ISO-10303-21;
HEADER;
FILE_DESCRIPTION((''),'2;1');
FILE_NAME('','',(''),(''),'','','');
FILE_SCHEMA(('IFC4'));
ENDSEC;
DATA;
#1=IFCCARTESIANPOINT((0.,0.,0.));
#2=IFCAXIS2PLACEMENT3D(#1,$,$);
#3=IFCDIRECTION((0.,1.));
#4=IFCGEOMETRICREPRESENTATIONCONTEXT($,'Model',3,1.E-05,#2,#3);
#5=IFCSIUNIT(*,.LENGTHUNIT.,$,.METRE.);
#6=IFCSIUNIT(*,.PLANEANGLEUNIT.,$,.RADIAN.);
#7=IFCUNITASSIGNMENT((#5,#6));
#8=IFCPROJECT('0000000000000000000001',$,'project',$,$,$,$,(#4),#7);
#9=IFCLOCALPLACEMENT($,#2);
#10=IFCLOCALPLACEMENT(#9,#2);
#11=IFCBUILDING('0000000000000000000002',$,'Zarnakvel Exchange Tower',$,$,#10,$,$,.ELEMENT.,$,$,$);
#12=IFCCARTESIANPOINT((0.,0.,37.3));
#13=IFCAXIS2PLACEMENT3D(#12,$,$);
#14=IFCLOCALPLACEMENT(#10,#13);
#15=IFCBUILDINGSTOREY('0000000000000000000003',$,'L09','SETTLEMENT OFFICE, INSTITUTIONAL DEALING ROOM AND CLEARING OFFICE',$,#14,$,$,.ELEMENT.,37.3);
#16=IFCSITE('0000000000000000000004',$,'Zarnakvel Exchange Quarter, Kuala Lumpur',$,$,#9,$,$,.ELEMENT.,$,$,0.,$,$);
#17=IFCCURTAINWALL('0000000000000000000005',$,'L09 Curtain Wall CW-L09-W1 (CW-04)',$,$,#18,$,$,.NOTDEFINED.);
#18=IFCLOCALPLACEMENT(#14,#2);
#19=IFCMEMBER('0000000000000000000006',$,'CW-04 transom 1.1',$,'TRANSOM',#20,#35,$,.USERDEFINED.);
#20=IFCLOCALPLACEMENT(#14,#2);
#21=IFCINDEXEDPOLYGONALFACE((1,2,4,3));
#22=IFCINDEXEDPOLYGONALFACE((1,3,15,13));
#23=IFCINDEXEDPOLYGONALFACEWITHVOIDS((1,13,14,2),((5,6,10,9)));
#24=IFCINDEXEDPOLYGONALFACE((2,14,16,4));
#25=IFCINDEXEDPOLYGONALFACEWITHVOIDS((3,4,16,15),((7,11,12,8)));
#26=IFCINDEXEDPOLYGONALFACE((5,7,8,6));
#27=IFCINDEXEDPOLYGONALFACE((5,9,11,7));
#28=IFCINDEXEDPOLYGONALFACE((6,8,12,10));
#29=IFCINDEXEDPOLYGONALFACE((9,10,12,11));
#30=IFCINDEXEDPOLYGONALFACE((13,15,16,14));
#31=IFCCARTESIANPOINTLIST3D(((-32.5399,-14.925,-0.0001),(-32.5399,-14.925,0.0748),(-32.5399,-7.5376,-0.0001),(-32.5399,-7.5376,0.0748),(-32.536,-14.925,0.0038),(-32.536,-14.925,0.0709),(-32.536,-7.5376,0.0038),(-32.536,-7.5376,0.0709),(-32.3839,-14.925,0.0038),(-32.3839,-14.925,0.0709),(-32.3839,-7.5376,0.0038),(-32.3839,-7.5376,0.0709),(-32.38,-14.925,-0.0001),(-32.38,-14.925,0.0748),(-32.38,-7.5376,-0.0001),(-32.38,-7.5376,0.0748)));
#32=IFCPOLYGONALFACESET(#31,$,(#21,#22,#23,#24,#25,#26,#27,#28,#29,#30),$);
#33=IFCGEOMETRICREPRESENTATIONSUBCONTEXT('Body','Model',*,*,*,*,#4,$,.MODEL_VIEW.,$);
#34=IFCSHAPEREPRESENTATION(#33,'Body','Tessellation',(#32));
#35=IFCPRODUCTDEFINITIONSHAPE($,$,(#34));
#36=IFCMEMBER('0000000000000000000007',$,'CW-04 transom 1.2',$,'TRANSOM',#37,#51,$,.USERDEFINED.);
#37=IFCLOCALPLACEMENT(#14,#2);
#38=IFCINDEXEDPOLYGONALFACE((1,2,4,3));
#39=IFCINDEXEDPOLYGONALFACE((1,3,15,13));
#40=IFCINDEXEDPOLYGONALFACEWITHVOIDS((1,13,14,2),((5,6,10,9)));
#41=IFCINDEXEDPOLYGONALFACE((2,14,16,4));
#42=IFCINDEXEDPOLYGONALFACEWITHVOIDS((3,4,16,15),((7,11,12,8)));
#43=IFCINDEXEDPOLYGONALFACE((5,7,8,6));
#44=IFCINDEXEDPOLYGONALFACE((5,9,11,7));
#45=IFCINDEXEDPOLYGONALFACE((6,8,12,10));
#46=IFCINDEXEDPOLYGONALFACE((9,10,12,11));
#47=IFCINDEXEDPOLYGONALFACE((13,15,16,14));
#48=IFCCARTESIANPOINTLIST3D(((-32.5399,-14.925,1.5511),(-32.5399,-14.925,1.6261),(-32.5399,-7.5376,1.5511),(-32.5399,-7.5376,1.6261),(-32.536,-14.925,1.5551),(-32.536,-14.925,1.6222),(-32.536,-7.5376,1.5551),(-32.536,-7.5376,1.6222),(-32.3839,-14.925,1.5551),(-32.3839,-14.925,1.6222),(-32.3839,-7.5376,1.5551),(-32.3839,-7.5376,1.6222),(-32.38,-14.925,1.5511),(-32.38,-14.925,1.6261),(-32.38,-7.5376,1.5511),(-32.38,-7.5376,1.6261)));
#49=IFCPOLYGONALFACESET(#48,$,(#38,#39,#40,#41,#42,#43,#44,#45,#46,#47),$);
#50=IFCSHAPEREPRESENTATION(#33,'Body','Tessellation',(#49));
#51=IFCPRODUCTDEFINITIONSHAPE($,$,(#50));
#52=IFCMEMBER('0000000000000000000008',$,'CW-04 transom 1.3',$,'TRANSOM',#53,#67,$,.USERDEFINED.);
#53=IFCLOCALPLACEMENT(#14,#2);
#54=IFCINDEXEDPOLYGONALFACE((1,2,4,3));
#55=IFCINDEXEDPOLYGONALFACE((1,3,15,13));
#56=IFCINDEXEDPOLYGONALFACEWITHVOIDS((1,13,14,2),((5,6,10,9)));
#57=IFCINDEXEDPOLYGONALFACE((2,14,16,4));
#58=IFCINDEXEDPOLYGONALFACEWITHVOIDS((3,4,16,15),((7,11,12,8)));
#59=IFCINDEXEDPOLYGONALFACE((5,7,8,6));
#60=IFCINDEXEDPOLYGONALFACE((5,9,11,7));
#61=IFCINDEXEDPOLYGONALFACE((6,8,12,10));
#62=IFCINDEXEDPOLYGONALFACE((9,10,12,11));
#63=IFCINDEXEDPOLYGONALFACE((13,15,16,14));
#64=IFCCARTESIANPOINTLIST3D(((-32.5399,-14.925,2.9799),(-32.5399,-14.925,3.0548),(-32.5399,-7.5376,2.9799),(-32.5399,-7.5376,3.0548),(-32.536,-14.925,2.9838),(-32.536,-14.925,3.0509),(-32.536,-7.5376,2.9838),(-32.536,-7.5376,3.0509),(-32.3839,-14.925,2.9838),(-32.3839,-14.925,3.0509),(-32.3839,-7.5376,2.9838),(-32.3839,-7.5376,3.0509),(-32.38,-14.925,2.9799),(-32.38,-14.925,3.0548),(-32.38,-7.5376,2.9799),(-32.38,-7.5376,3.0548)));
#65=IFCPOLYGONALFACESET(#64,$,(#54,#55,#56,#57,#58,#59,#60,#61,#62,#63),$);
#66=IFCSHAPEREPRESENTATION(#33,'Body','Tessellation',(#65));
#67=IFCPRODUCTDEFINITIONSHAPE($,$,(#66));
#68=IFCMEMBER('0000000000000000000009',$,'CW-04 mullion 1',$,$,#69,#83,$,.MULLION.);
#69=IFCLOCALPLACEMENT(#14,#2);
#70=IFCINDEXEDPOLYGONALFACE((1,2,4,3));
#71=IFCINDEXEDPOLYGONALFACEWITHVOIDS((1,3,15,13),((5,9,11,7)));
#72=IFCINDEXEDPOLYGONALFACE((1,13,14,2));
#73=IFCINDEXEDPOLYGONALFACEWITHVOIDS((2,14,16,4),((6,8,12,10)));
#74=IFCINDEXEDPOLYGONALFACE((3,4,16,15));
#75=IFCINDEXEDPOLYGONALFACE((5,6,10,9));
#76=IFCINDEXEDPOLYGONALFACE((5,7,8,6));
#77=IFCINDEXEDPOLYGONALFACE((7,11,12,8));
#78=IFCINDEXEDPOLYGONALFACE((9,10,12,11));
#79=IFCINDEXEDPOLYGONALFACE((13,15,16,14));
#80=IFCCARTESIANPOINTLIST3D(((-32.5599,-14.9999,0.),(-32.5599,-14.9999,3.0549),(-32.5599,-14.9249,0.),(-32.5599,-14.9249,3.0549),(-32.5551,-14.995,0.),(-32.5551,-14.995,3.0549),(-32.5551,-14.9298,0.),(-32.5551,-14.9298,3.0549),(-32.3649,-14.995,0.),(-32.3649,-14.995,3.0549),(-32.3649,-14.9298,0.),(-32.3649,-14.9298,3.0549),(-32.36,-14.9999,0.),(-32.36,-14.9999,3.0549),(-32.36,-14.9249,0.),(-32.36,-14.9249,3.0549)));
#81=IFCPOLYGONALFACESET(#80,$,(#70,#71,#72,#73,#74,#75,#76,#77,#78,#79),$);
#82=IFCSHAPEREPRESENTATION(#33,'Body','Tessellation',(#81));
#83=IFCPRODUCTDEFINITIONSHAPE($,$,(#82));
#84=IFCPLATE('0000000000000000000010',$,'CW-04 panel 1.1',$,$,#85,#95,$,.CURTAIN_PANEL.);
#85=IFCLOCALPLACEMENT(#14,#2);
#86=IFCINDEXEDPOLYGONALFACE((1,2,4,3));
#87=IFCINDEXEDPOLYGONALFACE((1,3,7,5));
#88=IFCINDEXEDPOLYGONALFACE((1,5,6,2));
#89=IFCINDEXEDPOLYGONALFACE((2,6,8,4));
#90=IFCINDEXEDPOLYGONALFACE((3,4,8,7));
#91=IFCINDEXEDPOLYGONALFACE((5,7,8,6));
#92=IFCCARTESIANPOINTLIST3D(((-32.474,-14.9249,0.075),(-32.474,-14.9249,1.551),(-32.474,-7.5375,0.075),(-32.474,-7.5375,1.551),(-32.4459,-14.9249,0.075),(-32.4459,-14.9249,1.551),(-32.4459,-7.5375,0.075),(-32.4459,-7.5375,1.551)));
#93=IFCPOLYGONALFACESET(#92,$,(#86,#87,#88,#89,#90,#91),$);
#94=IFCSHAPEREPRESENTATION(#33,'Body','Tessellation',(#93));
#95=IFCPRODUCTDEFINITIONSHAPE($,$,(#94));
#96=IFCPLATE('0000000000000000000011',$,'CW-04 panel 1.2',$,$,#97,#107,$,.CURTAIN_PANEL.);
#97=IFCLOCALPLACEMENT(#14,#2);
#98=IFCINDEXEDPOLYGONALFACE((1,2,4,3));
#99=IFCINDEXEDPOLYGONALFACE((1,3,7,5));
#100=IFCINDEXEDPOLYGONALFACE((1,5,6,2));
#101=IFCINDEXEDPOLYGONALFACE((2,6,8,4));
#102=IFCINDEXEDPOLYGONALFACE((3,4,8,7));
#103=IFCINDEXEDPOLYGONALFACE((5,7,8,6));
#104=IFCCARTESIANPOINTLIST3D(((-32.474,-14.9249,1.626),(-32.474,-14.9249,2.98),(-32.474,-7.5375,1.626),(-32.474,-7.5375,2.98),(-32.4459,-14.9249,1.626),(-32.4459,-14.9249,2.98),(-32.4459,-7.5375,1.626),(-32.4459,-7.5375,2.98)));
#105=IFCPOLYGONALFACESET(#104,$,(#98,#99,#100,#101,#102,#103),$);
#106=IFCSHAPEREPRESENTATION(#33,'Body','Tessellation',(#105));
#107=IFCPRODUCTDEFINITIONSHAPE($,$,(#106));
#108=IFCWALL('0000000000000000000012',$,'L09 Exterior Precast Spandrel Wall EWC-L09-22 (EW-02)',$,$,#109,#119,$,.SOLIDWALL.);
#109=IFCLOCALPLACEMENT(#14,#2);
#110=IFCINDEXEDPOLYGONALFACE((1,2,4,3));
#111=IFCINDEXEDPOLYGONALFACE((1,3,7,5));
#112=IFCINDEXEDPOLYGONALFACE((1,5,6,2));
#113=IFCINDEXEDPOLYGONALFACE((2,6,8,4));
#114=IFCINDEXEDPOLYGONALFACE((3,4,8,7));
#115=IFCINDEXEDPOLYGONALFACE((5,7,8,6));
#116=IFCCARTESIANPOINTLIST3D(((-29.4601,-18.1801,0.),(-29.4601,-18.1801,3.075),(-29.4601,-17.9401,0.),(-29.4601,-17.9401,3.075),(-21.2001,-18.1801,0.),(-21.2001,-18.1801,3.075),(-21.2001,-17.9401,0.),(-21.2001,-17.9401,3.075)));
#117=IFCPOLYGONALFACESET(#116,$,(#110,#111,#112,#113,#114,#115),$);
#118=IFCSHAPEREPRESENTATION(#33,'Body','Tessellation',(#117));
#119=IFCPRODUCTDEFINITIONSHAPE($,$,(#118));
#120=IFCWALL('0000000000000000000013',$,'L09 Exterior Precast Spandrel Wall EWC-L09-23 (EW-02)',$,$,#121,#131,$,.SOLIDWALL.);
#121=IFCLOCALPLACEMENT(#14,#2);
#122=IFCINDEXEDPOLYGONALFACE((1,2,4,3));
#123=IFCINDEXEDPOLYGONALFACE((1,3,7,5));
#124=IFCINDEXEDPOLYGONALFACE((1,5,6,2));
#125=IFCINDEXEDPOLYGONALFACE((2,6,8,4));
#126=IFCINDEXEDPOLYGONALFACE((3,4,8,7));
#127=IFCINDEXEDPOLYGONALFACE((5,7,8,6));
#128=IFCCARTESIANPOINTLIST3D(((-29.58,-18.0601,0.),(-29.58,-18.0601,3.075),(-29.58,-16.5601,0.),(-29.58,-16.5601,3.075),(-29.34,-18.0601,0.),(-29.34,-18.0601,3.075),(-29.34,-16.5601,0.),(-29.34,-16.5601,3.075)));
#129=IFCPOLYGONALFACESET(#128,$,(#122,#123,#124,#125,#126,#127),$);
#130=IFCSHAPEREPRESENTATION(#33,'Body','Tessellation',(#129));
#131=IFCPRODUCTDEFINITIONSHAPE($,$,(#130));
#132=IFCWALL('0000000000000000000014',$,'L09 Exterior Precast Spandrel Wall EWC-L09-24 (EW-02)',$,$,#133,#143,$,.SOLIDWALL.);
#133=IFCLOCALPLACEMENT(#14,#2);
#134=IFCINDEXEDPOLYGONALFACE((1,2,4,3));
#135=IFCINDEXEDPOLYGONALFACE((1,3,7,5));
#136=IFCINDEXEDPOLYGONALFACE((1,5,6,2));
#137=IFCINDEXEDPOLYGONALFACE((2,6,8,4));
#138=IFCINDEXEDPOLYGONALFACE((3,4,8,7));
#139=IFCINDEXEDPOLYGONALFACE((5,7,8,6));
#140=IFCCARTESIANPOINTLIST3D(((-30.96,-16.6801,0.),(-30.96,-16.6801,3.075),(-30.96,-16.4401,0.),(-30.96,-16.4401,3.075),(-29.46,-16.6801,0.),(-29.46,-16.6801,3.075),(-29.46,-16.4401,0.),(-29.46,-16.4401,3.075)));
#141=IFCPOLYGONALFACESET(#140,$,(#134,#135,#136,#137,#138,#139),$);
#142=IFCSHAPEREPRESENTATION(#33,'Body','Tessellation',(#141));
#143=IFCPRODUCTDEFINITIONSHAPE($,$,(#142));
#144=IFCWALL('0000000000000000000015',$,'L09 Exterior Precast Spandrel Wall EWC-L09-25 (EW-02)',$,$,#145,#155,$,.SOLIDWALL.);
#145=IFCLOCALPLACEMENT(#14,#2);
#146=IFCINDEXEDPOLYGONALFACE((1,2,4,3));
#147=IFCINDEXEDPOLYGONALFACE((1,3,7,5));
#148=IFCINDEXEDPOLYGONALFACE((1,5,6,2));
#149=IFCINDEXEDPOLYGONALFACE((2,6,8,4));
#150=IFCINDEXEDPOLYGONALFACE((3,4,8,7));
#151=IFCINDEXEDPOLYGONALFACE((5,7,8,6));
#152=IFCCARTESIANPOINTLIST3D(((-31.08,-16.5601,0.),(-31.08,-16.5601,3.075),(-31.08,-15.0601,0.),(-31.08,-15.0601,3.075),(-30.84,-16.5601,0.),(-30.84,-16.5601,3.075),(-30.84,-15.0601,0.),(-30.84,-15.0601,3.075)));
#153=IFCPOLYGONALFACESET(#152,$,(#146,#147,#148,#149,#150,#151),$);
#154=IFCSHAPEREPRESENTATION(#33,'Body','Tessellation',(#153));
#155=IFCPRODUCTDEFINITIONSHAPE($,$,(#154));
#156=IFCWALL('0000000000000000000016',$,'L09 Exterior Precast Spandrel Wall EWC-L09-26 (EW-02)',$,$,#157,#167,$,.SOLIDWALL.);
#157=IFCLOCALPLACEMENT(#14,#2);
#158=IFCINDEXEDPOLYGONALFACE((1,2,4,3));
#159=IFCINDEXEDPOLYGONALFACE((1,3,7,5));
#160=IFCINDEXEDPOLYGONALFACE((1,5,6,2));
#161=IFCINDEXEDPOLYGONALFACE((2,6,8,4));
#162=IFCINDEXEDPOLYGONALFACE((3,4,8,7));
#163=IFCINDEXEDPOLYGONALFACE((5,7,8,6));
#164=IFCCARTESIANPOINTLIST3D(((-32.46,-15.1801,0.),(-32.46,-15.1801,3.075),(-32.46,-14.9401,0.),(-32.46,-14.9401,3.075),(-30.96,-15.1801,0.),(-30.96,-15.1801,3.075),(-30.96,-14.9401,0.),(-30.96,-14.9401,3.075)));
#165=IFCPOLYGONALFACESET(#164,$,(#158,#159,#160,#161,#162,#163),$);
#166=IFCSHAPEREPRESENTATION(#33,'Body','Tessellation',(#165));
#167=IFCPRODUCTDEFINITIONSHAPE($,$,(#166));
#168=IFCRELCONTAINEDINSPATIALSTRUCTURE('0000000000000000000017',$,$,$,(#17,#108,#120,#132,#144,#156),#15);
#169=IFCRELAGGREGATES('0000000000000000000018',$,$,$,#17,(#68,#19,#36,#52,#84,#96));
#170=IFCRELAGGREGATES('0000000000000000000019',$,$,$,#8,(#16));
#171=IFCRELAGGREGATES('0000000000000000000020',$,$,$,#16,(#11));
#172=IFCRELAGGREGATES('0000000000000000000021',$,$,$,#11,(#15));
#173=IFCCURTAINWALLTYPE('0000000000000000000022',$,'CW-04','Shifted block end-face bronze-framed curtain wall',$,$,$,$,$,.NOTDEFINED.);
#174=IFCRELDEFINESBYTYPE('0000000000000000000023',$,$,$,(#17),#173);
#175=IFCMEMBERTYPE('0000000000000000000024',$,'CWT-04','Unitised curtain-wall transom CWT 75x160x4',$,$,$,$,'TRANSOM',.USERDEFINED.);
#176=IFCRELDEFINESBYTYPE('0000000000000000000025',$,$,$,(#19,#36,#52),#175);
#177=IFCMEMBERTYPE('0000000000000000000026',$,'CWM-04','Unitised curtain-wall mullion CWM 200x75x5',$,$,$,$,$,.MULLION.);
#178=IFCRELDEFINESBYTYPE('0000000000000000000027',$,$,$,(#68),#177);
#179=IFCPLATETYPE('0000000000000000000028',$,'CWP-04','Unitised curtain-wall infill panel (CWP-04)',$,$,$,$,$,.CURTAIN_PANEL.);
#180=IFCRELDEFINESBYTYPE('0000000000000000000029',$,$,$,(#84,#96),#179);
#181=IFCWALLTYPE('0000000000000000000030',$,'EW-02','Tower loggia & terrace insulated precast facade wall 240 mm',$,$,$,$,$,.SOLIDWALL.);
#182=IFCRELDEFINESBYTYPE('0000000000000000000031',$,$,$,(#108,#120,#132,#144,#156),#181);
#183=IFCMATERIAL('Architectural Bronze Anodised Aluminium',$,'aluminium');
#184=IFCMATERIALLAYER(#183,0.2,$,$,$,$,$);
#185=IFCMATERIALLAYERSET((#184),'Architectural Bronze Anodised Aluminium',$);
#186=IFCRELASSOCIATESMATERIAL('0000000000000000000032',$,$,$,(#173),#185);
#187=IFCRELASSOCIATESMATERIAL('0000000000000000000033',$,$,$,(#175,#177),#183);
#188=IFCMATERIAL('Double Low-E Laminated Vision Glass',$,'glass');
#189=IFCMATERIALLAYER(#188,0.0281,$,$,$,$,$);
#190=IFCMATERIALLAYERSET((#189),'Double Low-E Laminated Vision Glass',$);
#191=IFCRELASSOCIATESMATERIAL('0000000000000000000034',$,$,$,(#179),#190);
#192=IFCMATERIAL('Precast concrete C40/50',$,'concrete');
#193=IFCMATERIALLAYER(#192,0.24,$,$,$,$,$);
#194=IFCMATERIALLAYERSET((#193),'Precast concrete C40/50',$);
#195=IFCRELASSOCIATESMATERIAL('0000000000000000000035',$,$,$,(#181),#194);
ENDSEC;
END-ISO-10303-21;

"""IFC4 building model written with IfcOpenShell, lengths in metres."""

from ifc_helpers import new_model, si_unit, direction, frame, frame_2d, origin, origin_2d, place, context, subcontext, project, spatial, rectangle, hollow_rectangle, extrude, source, transform, mapped, material, layer, layer_set, material_profile, profile_set, type_object, element, aggregate, save


model = new_model("IFC4")

# Units and contexts
model_context = context("Model", 3, precision=1e-05, world=origin(), true_north=direction((0.0, 1.0)))
body_context = subcontext(model_context, "Body", "Model", "MODEL_VIEW")
ifc_project = project(units=[si_unit("LENGTHUNIT", "METRE"), si_unit("PLANEANGLEUNIT", "RADIAN")], contexts=[model_context])

# Site, building, storey
site_placement = place(None, origin())
site = spatial("IfcSite", under=ifc_project, at=site_placement, Name="Zarnakvel Exchange Quarter, Kuala Lumpur", CompositionType="ELEMENT", RefElevation=0.0)
building_placement = place(site_placement, origin())
building = spatial("IfcBuilding", under=site, at=building_placement, Name="Zarnakvel Exchange Tower", CompositionType="ELEMENT")
storey_placement = place(building_placement, frame((0.0, 0.0, 37.3)))
storey = spatial("IfcBuildingStorey", under=building, at=storey_placement, Name="L09", Description="SETTLEMENT OFFICE, INSTITUTIONAL DEALING ROOM AND CLEARING OFFICE", CompositionType="ELEMENT", Elevation=37.3)

# Curtain wall, members, plates
ifc_material_1 = material(Name="Architectural Bronze Anodised Aluminium", Category="aluminium")
ifc_layer_1 = layer(ifc_material_1, 0.2)
ifc_layer_set_1 = layer_set([ifc_layer_1], Name="Architectural Bronze Anodised Aluminium")
curtain_wall_type = type_object("IfcCurtainWallType", Name="CW-04", Description="Shifted block end-face bronze-framed curtain wall", PredefinedType="NOTDEFINED", material=ifc_layer_set_1)
curtain_wall_placement = place(storey_placement, origin())
curtain_wall = element("IfcCurtainWall", 1, at=curtain_wall_placement, inside=storey, type_object=curtain_wall_type, Name="L09 Curtain Wall CW-L09-W1 (CW-04)", PredefinedType="NOTDEFINED")
ifc_material_profile_1 = material_profile(ifc_material_1, hollow_rectangle(XDim=0.1599, YDim=0.075, WallThickness=0.0039, at=origin_2d()))
ifc_profile_set_1 = profile_set([ifc_material_profile_1], Name="Architectural Bronze Anodised Aluminium")
member_type_1 = type_object("IfcMemberType", Name="CWT-04", Description="Unitised curtain-wall transom CWT 75x160x4", ElementType="TRANSOM", PredefinedType="USERDEFINED", material=ifc_profile_set_1)
shared_shape_1 = source(origin(), body_context, "Body", "SweptSolid", [
    extrude(hollow_rectangle(XDim=0.1599, YDim=0.075, WallThickness=0.0039, at=origin_2d()), origin(), (0.0, 0.0, 1.0), 7.3875),
])
member_1_placement = place(storey_placement, frame((-32.46, -14.925, 0.0374), z_axis=(0.0, 1.0, 0.0), x_axis=(-1.0, 0.0, 0.0)))
member_1 = element("IfcMember", 2, at=member_1_placement, type_object=member_type_1, Name="CW-04 transom 1.1", ObjectType="TRANSOM", PredefinedType="USERDEFINED", context=body_context, shape_type="MappedRepresentation", body=[
    mapped(shared_shape_1, transform((0.0, 0.0, 0.0), x_axis=(1.0, 0.0, 0.0), y_axis=(0.0, 1.0, 0.0), z_axis=(0.0, 0.0, 1.0), scale=1.0)),
])
member_2_placement = place(storey_placement, frame((-32.46, -14.925, 1.5886), z_axis=(0.0, 1.0, 0.0), x_axis=(-1.0, 0.0, 0.0)))
member_2 = element("IfcMember", 3, at=member_2_placement, type_object=member_type_1, Name="CW-04 transom 1.2", ObjectType="TRANSOM", PredefinedType="USERDEFINED", context=body_context, shape_type="MappedRepresentation", body=[
    mapped(shared_shape_1, transform((0.0, 0.0, 0.0), x_axis=(1.0, 0.0, 0.0), y_axis=(0.0, 1.0, 0.0), z_axis=(0.0, 0.0, 1.0), scale=1.0)),
])
member_3_placement = place(storey_placement, frame((-32.46, -14.925, 3.0173), z_axis=(0.0, 1.0, 0.0), x_axis=(-1.0, 0.0, 0.0)))
member_3 = element("IfcMember", 4, at=member_3_placement, type_object=member_type_1, Name="CW-04 transom 1.3", ObjectType="TRANSOM", PredefinedType="USERDEFINED", context=body_context, shape_type="MappedRepresentation", body=[
    mapped(shared_shape_1, transform((0.0, 0.0, 0.0), x_axis=(1.0, 0.0, 0.0), y_axis=(0.0, 1.0, 0.0), z_axis=(0.0, 0.0, 1.0), scale=1.0)),
])
ifc_material_profile_2 = material_profile(ifc_material_1, hollow_rectangle(XDim=0.2, YDim=0.075, WallThickness=0.0049, at=origin_2d()))
ifc_profile_set_2 = profile_set([ifc_material_profile_2], Name="Architectural Bronze Anodised Aluminium")
member_type_2 = type_object("IfcMemberType", Name="CWM-04", Description="Unitised curtain-wall mullion CWM 200x75x5", PredefinedType="MULLION", material=ifc_profile_set_2)
shared_shape_2 = source(origin(), body_context, "Body", "SweptSolid", [
    extrude(hollow_rectangle(XDim=0.2, YDim=0.075, WallThickness=0.0049, at=origin_2d()), origin(), (0.0, 0.0, 1.0), 3.0549),
])
member_4_placement = place(storey_placement, frame((-32.46, -14.9624, 0.0), z_axis=(0.0, 0.0, 1.0), x_axis=(-1.0, 0.0, 0.0)))
member_4 = element("IfcMember", 5, at=member_4_placement, type_object=member_type_2, Name="CW-04 mullion 1", PredefinedType="MULLION", context=body_context, shape_type="MappedRepresentation", body=[
    mapped(shared_shape_2, transform((0.0, 0.0, 0.0), x_axis=(1.0, 0.0, 0.0), y_axis=(0.0, 1.0, 0.0), z_axis=(0.0, 0.0, 1.0), scale=1.0)),
])
ifc_material_2 = material(Name="Double Low-E Laminated Vision Glass", Category="glass")
ifc_layer_2 = layer(ifc_material_2, 0.0281)
ifc_layer_set_2 = layer_set([ifc_layer_2], Name="Double Low-E Laminated Vision Glass")
plate_type = type_object("IfcPlateType", Name="CWP-04", Description="Unitised curtain-wall infill panel (CWP-04)", PredefinedType="CURTAIN_PANEL", material=ifc_layer_set_2)
shared_shape_3 = source(origin(), body_context, "Body", "SweptSolid", [
    extrude(rectangle(XDim=7.3875, YDim=0.0281, at=origin_2d()), origin(), (0.0, 0.0, 1.0), 1.4761),
])
plate_1_placement = place(storey_placement, frame((-32.46, -11.2312, 0.075), z_axis=(0.0, 0.0, 1.0), x_axis=(0.0, 1.0, 0.0)))
plate_1 = element("IfcPlate", 6, at=plate_1_placement, type_object=plate_type, Name="CW-04 panel 1.1", PredefinedType="CURTAIN_PANEL", context=body_context, shape_type="MappedRepresentation", body=[
    mapped(shared_shape_3, transform((0.0, 0.0, 0.0), x_axis=(1.0, 0.0, 0.0), y_axis=(0.0, 1.0, 0.0), z_axis=(0.0, 0.0, 1.0), scale=1.0)),
])
shared_shape_4 = source(origin(), body_context, "Body", "SweptSolid", [
    extrude(rectangle(XDim=7.3875, YDim=0.0281, at=origin_2d()), origin(), (0.0, 0.0, 1.0), 1.354),
])
plate_2_placement = place(storey_placement, frame((-32.46, -11.2312, 1.626), z_axis=(0.0, 0.0, 1.0), x_axis=(0.0, 1.0, 0.0)))
plate_2 = element("IfcPlate", 7, at=plate_2_placement, type_object=plate_type, Name="CW-04 panel 1.2", PredefinedType="CURTAIN_PANEL", context=body_context, shape_type="MappedRepresentation", body=[
    mapped(shared_shape_4, transform((0.0, 0.0, 0.0), x_axis=(1.0, 0.0, 0.0), y_axis=(0.0, 1.0, 0.0), z_axis=(0.0, 0.0, 1.0), scale=1.0)),
])
aggregate(curtain_wall, [member_4, member_1, member_2, member_3, plate_1, plate_2])

# Walls
ifc_material_3 = material(Name="Precast concrete C40/50", Category="concrete")
ifc_layer_3 = layer(ifc_material_3, 0.24)
ifc_layer_set_3 = layer_set([ifc_layer_3], Name="Precast concrete C40/50")
wall_type_1 = type_object("IfcWallType", Name="EW-02", Description="Tower loggia & terrace insulated precast facade wall 240 mm", PredefinedType="SOLIDWALL", material=ifc_layer_set_3)
wall_1_placement = place(storey_placement, frame((-29.46, -18.0601, 0.0), z_axis=(0.0, 0.0, 1.0), x_axis=(1.0, 0.0, 0.0)))
element("IfcWall", 8, at=wall_1_placement, inside=storey, type_object=wall_type_1, Name="L09 Exterior Precast Spandrel Wall EWC-L09-22 (EW-02)", PredefinedType="SOLIDWALL", context=body_context, shape_type="SweptSolid", body=[
    extrude(rectangle(XDim=8.26, YDim=0.24, at=frame_2d((4.1299, 0.0))), origin(), (0.0, 0.0, 1.0), 3.075),
])
for number, where, z_axis, x_axis, name in (
    (9, (-29.46, -16.5601, 0.0), (0.0, 0.0, 1.0), (0.0, -1.0, 0.0), "L09 Exterior Precast Spandrel Wall EWC-L09-23 (EW-02)"),
    (10, (-30.96, -16.5601, 0.0), (0.0, 0.0, 1.0), (1.0, 0.0, 0.0), "L09 Exterior Precast Spandrel Wall EWC-L09-24 (EW-02)"),
    (11, (-30.96, -15.0601, 0.0), (0.0, 0.0, 1.0), (0.0, -1.0, 0.0), "L09 Exterior Precast Spandrel Wall EWC-L09-25 (EW-02)"),
    (12, (-32.46, -15.0601, 0.0), (0.0, 0.0, 1.0), (1.0, 0.0, 0.0), "L09 Exterior Precast Spandrel Wall EWC-L09-26 (EW-02)"),
):
    element("IfcWall", number, at=place(storey_placement, frame(where, z_axis=z_axis, x_axis=x_axis)), inside=storey, type_object=wall_type_1, Name=name, PredefinedType="SOLIDWALL", context=body_context, shape_type="SweptSolid", body=[
        extrude(rectangle(XDim=1.5, YDim=0.24, at=frame_2d((0.75, 0.0))), origin(), (0.0, 0.0, 1.0), 3.075),
    ])

save(model, "model.ifc")
